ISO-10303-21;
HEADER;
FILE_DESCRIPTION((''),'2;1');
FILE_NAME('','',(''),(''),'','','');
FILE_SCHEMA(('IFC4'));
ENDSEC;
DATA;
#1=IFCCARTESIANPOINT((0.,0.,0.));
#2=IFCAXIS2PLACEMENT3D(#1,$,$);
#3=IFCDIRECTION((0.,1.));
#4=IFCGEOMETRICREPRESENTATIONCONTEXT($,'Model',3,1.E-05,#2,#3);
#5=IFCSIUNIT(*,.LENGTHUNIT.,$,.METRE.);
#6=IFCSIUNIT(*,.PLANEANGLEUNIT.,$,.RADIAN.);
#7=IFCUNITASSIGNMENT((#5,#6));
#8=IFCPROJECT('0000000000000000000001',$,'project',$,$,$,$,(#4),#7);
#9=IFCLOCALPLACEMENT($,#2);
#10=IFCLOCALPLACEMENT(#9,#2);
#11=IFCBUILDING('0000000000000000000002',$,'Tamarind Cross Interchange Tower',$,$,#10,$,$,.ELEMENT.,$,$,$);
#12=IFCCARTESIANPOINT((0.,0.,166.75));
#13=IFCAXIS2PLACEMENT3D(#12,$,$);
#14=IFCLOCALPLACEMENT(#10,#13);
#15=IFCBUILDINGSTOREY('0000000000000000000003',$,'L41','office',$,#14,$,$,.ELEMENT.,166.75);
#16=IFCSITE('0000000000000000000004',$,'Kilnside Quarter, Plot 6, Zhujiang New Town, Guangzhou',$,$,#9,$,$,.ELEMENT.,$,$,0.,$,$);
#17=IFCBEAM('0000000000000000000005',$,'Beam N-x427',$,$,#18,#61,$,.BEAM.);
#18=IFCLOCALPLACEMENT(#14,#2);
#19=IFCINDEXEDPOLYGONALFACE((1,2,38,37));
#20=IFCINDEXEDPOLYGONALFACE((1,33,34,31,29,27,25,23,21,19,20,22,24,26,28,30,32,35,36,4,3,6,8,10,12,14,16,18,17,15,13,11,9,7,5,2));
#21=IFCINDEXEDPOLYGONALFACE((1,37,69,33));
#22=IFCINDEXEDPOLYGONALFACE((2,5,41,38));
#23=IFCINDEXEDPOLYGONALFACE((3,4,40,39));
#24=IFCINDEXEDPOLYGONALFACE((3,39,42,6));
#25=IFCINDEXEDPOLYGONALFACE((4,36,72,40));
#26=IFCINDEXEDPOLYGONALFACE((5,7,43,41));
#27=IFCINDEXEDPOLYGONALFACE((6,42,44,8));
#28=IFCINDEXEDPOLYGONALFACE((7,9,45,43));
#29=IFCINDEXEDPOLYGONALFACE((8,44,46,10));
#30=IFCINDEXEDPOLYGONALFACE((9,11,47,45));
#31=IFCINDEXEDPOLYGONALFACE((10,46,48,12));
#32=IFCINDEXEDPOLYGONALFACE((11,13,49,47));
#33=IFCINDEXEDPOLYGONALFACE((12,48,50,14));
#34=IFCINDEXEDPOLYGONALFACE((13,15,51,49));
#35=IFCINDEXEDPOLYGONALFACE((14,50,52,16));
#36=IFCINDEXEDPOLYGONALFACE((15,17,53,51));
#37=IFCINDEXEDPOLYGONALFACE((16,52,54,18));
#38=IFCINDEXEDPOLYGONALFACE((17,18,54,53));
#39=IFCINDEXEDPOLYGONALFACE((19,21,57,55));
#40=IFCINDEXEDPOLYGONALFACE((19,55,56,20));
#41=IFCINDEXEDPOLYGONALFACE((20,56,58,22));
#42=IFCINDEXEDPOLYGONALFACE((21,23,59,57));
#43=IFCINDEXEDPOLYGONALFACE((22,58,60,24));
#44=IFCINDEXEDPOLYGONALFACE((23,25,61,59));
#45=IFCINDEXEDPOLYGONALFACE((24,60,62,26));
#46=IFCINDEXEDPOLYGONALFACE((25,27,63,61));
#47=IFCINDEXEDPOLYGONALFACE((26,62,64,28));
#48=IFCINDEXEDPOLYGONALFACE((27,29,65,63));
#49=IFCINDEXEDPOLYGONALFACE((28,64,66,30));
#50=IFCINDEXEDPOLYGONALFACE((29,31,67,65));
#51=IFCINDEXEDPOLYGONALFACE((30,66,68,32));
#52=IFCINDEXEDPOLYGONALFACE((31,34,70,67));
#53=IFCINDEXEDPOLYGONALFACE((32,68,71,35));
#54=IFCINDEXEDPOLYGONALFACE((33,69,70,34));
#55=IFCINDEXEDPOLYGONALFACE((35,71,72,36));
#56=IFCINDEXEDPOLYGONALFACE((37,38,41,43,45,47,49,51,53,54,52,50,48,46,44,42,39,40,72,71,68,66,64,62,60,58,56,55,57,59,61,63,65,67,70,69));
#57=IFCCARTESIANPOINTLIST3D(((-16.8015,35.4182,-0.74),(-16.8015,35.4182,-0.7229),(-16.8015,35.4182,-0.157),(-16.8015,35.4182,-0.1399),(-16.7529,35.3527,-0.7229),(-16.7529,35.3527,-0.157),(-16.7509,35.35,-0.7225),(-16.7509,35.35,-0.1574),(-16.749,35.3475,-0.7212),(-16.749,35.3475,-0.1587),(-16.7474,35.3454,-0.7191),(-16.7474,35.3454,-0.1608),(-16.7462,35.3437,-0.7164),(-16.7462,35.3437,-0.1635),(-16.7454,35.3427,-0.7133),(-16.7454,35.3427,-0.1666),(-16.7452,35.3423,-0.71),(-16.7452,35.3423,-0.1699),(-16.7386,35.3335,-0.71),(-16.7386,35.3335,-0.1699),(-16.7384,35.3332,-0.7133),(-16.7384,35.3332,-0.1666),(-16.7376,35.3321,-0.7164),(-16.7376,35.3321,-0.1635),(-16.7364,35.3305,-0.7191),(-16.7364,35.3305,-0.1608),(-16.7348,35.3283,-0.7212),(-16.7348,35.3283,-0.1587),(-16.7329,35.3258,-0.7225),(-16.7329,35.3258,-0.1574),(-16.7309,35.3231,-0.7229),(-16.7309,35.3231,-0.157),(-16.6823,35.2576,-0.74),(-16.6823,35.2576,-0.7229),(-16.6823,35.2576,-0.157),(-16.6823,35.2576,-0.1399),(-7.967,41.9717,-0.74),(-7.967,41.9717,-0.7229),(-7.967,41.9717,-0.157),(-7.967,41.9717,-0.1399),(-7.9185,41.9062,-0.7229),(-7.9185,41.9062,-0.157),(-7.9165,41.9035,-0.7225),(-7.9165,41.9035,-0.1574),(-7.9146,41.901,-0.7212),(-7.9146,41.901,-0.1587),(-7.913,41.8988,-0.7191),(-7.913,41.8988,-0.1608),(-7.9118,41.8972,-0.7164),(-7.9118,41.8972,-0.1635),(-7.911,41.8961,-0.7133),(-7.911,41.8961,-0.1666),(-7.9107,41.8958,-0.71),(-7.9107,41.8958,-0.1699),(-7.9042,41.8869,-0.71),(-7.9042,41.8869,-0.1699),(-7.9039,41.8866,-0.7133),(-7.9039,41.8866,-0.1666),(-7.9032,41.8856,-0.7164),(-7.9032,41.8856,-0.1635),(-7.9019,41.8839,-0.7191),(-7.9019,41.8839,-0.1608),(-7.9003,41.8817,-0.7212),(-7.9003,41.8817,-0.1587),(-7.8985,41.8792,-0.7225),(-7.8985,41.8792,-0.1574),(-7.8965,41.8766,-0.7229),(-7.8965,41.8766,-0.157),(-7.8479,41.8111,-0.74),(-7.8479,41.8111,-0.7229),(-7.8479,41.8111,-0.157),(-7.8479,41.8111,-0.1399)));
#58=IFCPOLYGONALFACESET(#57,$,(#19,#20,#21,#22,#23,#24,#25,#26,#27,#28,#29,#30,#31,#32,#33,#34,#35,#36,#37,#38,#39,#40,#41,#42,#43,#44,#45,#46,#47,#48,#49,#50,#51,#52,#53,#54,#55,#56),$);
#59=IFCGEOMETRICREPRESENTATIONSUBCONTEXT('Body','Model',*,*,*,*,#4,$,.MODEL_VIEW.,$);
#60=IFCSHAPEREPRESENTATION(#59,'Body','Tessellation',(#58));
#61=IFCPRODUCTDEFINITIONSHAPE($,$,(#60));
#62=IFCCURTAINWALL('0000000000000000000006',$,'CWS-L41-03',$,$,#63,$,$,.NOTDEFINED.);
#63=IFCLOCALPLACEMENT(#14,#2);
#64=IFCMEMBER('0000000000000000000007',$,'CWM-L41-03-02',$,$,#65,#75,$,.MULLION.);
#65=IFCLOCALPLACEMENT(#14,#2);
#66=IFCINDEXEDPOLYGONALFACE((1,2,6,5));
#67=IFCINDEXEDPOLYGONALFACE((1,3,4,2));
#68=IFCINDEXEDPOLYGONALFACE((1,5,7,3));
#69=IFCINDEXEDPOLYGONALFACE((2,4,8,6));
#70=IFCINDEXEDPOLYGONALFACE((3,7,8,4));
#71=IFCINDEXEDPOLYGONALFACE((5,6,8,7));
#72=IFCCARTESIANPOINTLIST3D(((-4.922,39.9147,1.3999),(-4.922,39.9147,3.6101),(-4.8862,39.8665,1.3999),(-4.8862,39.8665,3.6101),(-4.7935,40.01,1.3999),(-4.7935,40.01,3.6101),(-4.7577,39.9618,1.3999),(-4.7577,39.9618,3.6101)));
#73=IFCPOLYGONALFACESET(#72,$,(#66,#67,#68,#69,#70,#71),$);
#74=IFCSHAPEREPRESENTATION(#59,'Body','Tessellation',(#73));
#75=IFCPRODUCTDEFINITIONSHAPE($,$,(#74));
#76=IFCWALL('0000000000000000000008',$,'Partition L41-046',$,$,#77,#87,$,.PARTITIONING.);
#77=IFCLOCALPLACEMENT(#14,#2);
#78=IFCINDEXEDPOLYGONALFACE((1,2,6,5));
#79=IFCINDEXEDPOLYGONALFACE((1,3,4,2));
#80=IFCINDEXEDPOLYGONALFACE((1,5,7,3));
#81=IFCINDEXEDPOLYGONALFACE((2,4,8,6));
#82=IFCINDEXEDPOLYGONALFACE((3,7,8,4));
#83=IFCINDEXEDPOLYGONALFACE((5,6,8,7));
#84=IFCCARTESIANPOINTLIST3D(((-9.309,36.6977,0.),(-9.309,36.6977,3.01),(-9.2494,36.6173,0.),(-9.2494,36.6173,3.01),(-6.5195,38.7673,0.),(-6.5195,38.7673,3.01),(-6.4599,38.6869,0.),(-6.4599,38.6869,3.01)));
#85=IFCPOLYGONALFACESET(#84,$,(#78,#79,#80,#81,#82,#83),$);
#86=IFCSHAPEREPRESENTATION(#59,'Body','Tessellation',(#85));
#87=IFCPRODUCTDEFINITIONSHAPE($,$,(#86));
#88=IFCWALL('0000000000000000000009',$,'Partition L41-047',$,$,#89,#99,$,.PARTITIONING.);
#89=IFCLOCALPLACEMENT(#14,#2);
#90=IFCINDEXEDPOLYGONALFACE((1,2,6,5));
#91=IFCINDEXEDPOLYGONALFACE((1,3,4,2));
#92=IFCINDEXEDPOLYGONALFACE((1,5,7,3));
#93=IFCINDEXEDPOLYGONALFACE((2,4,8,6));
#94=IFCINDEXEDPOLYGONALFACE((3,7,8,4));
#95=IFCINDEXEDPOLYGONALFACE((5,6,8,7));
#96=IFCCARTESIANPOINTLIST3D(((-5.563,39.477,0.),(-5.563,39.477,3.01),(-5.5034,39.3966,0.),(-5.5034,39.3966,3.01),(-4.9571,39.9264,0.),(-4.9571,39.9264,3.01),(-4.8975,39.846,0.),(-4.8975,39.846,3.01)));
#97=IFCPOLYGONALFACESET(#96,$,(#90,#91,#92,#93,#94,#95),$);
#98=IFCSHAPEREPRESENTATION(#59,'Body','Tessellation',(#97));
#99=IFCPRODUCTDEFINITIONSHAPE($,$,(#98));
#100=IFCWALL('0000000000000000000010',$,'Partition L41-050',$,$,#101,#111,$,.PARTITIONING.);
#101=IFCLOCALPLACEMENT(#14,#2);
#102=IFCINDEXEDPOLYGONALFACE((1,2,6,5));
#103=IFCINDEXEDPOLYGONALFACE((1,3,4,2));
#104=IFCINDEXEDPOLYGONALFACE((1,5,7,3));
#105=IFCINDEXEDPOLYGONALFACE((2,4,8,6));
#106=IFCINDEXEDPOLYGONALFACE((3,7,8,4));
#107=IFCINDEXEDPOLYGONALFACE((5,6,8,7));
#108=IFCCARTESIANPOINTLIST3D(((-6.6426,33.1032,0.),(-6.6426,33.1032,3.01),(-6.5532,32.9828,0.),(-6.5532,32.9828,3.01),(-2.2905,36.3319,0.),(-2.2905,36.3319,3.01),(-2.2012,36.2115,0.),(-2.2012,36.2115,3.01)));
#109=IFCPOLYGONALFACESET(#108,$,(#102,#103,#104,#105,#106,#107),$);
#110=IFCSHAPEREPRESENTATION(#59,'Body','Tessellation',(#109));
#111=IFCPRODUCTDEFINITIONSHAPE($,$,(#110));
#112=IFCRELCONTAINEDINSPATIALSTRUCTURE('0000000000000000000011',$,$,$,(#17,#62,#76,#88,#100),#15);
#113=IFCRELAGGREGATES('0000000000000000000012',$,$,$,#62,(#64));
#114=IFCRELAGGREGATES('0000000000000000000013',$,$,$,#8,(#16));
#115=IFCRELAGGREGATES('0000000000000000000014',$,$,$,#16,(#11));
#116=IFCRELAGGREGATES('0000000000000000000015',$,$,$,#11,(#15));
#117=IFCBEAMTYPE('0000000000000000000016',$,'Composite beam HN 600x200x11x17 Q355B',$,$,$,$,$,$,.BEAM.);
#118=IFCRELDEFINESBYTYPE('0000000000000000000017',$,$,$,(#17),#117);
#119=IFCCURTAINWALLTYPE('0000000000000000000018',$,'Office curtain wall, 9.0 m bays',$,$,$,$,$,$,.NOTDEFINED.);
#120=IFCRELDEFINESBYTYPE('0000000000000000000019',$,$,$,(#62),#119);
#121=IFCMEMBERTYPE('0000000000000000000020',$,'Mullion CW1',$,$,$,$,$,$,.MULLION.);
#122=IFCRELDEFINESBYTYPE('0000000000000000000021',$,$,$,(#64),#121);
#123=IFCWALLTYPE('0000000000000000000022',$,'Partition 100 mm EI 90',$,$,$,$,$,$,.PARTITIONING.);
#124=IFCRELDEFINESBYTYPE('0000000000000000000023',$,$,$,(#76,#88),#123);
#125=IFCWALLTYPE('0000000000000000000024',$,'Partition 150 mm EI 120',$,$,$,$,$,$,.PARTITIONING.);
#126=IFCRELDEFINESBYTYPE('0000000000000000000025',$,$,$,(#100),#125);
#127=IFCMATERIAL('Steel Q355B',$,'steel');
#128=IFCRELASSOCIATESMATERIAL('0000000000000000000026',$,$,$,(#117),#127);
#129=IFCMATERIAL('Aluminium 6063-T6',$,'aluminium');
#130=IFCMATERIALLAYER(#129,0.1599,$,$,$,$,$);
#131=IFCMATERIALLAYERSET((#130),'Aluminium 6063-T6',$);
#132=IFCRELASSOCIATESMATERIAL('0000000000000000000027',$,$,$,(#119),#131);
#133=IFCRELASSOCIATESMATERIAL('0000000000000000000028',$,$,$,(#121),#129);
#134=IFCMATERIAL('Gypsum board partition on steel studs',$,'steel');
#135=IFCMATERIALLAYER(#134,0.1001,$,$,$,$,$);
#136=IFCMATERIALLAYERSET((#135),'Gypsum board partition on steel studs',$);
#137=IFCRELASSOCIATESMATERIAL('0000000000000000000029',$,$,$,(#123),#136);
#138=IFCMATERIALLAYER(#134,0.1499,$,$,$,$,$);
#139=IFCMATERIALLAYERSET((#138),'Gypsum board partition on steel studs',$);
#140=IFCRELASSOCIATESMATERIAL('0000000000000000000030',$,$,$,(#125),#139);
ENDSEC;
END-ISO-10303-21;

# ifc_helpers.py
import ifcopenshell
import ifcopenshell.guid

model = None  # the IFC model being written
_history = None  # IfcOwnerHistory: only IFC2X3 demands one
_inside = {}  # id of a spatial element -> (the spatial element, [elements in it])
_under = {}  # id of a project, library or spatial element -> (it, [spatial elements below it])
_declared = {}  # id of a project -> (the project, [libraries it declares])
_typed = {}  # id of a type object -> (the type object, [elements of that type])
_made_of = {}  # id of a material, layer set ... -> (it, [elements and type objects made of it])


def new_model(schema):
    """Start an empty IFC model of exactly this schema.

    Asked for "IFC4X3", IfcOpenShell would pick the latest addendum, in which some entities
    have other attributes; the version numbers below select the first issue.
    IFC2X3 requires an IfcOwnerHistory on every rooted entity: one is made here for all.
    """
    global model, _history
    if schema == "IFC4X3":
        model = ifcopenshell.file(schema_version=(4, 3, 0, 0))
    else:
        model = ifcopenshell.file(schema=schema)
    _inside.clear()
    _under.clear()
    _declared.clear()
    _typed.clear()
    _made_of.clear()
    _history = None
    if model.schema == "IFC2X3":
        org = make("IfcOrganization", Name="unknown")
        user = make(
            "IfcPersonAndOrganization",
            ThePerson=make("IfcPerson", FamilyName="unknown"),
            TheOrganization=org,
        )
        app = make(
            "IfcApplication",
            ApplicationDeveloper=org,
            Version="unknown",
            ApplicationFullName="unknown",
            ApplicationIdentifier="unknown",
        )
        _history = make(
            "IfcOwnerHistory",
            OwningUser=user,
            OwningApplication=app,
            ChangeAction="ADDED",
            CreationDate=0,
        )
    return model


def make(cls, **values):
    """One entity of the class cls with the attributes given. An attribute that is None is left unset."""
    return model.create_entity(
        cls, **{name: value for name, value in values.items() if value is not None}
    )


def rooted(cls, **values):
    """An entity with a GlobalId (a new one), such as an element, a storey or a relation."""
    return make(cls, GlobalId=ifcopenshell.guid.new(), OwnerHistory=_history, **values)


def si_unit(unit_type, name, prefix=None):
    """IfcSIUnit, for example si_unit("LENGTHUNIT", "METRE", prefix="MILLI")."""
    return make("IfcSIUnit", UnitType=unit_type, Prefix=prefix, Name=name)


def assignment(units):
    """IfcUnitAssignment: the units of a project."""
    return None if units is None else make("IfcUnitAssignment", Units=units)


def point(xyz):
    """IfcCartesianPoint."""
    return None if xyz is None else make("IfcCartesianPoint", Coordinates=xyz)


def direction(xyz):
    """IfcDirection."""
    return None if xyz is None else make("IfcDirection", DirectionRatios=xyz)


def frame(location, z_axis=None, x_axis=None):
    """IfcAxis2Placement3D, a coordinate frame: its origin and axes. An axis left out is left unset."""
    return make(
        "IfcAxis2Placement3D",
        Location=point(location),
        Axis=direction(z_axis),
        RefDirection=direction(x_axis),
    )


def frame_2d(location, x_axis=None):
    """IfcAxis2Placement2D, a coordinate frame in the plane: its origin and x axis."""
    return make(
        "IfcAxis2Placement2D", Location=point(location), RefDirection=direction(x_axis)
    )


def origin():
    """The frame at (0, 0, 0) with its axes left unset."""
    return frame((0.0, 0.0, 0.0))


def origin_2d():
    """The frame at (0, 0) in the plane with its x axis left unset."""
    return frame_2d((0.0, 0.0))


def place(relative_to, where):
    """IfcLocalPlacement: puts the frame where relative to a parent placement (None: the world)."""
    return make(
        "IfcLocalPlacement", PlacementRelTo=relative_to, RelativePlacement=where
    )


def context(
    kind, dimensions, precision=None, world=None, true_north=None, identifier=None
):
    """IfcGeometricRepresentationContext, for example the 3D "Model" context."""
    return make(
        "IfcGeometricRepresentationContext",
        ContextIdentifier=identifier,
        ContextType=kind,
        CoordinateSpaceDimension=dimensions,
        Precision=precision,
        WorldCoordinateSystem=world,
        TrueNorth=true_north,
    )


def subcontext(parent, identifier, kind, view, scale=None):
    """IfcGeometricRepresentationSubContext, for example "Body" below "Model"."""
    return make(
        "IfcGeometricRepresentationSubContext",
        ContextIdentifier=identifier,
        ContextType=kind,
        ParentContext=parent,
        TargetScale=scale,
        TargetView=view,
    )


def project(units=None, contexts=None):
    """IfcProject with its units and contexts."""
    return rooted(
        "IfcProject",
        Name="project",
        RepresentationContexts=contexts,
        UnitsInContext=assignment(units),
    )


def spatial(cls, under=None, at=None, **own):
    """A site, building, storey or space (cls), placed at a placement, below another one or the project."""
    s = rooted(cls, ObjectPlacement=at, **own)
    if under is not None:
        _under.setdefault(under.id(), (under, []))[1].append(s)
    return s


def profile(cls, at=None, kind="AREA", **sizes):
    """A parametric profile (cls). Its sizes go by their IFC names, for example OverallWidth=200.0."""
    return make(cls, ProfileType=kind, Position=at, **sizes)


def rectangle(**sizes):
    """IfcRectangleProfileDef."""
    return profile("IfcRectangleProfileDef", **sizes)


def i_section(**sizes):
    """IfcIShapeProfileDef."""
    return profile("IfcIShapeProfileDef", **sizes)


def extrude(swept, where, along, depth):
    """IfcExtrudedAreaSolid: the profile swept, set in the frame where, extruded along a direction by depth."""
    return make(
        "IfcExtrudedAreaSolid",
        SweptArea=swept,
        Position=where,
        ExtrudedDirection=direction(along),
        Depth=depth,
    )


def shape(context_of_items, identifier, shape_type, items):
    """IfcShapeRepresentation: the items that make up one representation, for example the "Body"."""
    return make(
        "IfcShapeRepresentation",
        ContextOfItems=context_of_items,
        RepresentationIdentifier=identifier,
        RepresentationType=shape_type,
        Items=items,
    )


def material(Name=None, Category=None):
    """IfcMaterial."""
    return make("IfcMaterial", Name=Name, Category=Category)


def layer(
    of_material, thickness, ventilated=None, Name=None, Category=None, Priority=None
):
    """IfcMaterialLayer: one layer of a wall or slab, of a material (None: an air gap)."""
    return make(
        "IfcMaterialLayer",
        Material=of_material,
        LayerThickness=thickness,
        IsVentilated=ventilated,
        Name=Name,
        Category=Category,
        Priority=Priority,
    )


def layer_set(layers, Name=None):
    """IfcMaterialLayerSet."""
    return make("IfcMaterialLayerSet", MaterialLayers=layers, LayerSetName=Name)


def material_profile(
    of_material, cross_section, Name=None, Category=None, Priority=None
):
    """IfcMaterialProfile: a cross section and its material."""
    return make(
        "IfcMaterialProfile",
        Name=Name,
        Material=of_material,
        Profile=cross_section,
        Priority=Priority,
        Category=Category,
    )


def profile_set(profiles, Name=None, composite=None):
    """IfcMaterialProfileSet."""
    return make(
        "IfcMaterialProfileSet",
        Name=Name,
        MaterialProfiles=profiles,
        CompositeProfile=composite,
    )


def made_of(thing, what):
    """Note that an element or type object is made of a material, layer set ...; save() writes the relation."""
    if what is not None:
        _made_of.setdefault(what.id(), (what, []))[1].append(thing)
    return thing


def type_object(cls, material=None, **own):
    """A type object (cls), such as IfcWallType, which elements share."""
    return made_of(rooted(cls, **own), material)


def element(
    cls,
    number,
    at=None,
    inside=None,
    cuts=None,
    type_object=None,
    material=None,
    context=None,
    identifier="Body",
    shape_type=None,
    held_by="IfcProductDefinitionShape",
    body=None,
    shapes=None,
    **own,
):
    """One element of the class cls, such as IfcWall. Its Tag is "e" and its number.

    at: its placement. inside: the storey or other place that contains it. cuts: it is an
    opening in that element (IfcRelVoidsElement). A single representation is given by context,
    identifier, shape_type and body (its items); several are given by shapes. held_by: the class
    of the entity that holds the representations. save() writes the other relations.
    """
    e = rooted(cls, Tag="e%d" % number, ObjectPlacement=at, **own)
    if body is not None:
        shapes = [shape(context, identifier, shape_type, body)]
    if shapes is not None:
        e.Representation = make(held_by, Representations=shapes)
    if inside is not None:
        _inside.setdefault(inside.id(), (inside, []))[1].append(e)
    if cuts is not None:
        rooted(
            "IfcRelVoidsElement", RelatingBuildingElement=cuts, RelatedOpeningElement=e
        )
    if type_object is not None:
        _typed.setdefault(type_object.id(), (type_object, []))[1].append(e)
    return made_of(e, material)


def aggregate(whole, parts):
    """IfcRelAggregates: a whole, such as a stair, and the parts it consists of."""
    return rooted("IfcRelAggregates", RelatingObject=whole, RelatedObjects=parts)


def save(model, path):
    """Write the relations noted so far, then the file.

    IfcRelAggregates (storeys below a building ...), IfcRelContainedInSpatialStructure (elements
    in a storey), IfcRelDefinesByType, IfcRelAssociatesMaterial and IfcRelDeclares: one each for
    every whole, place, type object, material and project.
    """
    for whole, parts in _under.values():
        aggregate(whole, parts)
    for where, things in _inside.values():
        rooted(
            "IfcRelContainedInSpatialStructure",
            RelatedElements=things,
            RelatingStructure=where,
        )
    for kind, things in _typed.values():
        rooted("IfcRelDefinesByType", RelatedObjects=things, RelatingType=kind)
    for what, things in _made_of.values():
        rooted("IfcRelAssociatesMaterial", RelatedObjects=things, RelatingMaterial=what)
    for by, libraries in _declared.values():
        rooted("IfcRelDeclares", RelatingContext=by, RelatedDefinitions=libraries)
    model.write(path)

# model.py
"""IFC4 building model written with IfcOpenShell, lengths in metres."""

from ifc_helpers import new_model, si_unit, direction, frame, frame_2d, origin, origin_2d, place, context, subcontext, project, spatial, rectangle, i_section, extrude, material, layer, layer_set, material_profile, profile_set, type_object, element, aggregate, save


model = new_model("IFC4")

# Units and contexts
model_context = context("Model", 3, precision=1e-05, world=origin(), true_north=direction((0.0, 1.0)))
body_context = subcontext(model_context, "Body", "Model", "MODEL_VIEW")
ifc_project = project(units=[si_unit("LENGTHUNIT", "METRE"), si_unit("PLANEANGLEUNIT", "RADIAN")], contexts=[model_context])

# Site, building, storey
site_placement = place(None, origin())
site = spatial("IfcSite", under=ifc_project, at=site_placement, Name="Kilnside Quarter, Plot 6, Zhujiang New Town, Guangzhou", CompositionType="ELEMENT", RefElevation=0.0)
building_placement = place(site_placement, origin())
building = spatial("IfcBuilding", under=site, at=building_placement, Name="Tamarind Cross Interchange Tower", CompositionType="ELEMENT")
storey_placement = place(building_placement, frame((0.0, 0.0, 166.75)))
storey = spatial("IfcBuildingStorey", under=building, at=storey_placement, Name="L41", Description="office", CompositionType="ELEMENT", Elevation=166.75)

# Beam
ifc_material_1 = material(Name="Steel Q355B", Category="steel")
ifc_material_profile_1 = material_profile(ifc_material_1, i_section(OverallWidth=0.2, OverallDepth=0.6001, WebThickness=0.011, FlangeThickness=0.0171, FilletRadius=0.0129, at=origin_2d()), Name="HN 600x200x11x17")
ifc_profile_set_1 = profile_set([ifc_material_profile_1], Name="Steel Q355B")
beam_type_1 = type_object("IfcBeamType", Name="Composite beam HN 600x200x11x17 Q355B", PredefinedType="BEAM", material=ifc_profile_set_1)
beam_1_placement = place(storey_placement, frame((-7.9075, 41.8914, -0.4399), z_axis=(-0.803148, -0.59578, 0.0), x_axis=(0.59578, -0.803148, 0.0)))
element("IfcBeam", 1, at=beam_1_placement, inside=storey, type_object=beam_type_1, Name="Beam N-x427", PredefinedType="BEAM", context=body_context, shape_type="SweptSolid", body=[
    extrude(i_section(OverallWidth=0.2, OverallDepth=0.6001, WebThickness=0.011, FlangeThickness=0.0171, FilletRadius=0.0129, at=origin_2d()), origin(), (0.0, 0.0, 1.0), 10.9998),
])

# Curtain wall, member
ifc_material_2 = material(Name="Aluminium 6063-T6", Category="aluminium")
ifc_layer_1 = layer(ifc_material_2, 0.1599)
ifc_layer_set_1 = layer_set([ifc_layer_1], Name="Aluminium 6063-T6")
curtain_wall_type = type_object("IfcCurtainWallType", Name="Office curtain wall, 9.0 m bays", PredefinedType="NOTDEFINED", material=ifc_layer_set_1)
curtain_wall_placement = place(storey_placement, origin())
curtain_wall = element("IfcCurtainWall", 2, at=curtain_wall_placement, inside=storey, type_object=curtain_wall_type, Name="CWS-L41-03", PredefinedType="NOTDEFINED")
ifc_material_profile_2 = material_profile(ifc_material_2, rectangle(XDim=0.0601, YDim=0.1599, at=origin_2d()), Name="Mullion CW1")
ifc_profile_set_2 = profile_set([ifc_material_profile_2], Name="Aluminium 6063-T6")
member_type = type_object("IfcMemberType", Name="Mullion CW1", PredefinedType="MULLION", material=ifc_profile_set_2)
member_placement = place(storey_placement, frame((-4.8398, 39.9382, 1.3999), z_axis=(0.0, 0.0, 1.0), x_axis=(-0.595776, 0.80315, 0.0)))
member = element("IfcMember", 3, at=member_placement, type_object=member_type, Name="CWM-L41-03-02", PredefinedType="MULLION", context=body_context, shape_type="SweptSolid", body=[
    extrude(rectangle(XDim=0.0601, YDim=0.1599, at=origin_2d()), origin(), (0.0, 0.0, 1.0), 2.2102),
])
aggregate(curtain_wall, [member])

# Walls
ifc_material_3 = material(Name="Gypsum board partition on steel studs", Category="steel")
ifc_layer_2 = layer(ifc_material_3, 0.1001)
ifc_layer_set_2 = layer_set([ifc_layer_2], Name="Gypsum board partition on steel studs")
wall_type_1 = type_object("IfcWallType", Name="Partition 100 mm EI 90", PredefinedType="PARTITIONING", material=ifc_layer_set_2)
wall_1_placement = place(storey_placement, frame((-9.2793, 36.6575, 0.0), z_axis=(0.0, 0.0, 1.0), x_axis=(0.80311, 0.595831, 0.0)))
element("IfcWall", 4, at=wall_1_placement, inside=storey, type_object=wall_type_1, Name="Partition L41-046", PredefinedType="PARTITIONING", context=body_context, shape_type="SweptSolid", body=[
    extrude(rectangle(XDim=3.4734, YDim=0.1001, at=frame_2d((1.7368, 0.0))), origin(), (0.0, 0.0, 1.0), 3.01),
])
wall_2_placement = place(storey_placement, frame((-5.5332, 39.4368, 0.0), z_axis=(0.0, 0.0, 1.0), x_axis=(0.803173, 0.595746, 0.0)))
element("IfcWall", 5, at=wall_2_placement, inside=storey, type_object=wall_type_1, Name="Partition L41-047", PredefinedType="PARTITIONING", context=body_context, shape_type="SweptSolid", body=[
    extrude(rectangle(XDim=0.7544, YDim=0.1001, at=frame_2d((0.3772, 0.0))), origin(), (0.0, 0.0, 1.0), 3.01),
])
ifc_layer_3 = layer(ifc_material_3, 0.1499)
ifc_layer_set_3 = layer_set([ifc_layer_3], Name="Gypsum board partition on steel studs")
wall_type_2 = type_object("IfcWallType", Name="Partition 150 mm EI 120", PredefinedType="PARTITIONING", material=ifc_layer_set_3)
wall_3_placement = place(storey_placement, frame((-6.5979, 33.043, 0.0), z_axis=(0.0, 0.0, 1.0), x_axis=(0.803114, 0.595825, 0.0)))
element("IfcWall", 6, at=wall_3_placement, inside=storey, type_object=wall_type_2, Name="Partition L41-050", PredefinedType="PARTITIONING", context=body_context, shape_type="SweptSolid", body=[
    extrude(rectangle(XDim=5.4189, YDim=0.1499, at=frame_2d((2.7095, 0.0))), origin(), (0.0, 0.0, 1.0), 3.01),
])

save(model, "model.ifc")
